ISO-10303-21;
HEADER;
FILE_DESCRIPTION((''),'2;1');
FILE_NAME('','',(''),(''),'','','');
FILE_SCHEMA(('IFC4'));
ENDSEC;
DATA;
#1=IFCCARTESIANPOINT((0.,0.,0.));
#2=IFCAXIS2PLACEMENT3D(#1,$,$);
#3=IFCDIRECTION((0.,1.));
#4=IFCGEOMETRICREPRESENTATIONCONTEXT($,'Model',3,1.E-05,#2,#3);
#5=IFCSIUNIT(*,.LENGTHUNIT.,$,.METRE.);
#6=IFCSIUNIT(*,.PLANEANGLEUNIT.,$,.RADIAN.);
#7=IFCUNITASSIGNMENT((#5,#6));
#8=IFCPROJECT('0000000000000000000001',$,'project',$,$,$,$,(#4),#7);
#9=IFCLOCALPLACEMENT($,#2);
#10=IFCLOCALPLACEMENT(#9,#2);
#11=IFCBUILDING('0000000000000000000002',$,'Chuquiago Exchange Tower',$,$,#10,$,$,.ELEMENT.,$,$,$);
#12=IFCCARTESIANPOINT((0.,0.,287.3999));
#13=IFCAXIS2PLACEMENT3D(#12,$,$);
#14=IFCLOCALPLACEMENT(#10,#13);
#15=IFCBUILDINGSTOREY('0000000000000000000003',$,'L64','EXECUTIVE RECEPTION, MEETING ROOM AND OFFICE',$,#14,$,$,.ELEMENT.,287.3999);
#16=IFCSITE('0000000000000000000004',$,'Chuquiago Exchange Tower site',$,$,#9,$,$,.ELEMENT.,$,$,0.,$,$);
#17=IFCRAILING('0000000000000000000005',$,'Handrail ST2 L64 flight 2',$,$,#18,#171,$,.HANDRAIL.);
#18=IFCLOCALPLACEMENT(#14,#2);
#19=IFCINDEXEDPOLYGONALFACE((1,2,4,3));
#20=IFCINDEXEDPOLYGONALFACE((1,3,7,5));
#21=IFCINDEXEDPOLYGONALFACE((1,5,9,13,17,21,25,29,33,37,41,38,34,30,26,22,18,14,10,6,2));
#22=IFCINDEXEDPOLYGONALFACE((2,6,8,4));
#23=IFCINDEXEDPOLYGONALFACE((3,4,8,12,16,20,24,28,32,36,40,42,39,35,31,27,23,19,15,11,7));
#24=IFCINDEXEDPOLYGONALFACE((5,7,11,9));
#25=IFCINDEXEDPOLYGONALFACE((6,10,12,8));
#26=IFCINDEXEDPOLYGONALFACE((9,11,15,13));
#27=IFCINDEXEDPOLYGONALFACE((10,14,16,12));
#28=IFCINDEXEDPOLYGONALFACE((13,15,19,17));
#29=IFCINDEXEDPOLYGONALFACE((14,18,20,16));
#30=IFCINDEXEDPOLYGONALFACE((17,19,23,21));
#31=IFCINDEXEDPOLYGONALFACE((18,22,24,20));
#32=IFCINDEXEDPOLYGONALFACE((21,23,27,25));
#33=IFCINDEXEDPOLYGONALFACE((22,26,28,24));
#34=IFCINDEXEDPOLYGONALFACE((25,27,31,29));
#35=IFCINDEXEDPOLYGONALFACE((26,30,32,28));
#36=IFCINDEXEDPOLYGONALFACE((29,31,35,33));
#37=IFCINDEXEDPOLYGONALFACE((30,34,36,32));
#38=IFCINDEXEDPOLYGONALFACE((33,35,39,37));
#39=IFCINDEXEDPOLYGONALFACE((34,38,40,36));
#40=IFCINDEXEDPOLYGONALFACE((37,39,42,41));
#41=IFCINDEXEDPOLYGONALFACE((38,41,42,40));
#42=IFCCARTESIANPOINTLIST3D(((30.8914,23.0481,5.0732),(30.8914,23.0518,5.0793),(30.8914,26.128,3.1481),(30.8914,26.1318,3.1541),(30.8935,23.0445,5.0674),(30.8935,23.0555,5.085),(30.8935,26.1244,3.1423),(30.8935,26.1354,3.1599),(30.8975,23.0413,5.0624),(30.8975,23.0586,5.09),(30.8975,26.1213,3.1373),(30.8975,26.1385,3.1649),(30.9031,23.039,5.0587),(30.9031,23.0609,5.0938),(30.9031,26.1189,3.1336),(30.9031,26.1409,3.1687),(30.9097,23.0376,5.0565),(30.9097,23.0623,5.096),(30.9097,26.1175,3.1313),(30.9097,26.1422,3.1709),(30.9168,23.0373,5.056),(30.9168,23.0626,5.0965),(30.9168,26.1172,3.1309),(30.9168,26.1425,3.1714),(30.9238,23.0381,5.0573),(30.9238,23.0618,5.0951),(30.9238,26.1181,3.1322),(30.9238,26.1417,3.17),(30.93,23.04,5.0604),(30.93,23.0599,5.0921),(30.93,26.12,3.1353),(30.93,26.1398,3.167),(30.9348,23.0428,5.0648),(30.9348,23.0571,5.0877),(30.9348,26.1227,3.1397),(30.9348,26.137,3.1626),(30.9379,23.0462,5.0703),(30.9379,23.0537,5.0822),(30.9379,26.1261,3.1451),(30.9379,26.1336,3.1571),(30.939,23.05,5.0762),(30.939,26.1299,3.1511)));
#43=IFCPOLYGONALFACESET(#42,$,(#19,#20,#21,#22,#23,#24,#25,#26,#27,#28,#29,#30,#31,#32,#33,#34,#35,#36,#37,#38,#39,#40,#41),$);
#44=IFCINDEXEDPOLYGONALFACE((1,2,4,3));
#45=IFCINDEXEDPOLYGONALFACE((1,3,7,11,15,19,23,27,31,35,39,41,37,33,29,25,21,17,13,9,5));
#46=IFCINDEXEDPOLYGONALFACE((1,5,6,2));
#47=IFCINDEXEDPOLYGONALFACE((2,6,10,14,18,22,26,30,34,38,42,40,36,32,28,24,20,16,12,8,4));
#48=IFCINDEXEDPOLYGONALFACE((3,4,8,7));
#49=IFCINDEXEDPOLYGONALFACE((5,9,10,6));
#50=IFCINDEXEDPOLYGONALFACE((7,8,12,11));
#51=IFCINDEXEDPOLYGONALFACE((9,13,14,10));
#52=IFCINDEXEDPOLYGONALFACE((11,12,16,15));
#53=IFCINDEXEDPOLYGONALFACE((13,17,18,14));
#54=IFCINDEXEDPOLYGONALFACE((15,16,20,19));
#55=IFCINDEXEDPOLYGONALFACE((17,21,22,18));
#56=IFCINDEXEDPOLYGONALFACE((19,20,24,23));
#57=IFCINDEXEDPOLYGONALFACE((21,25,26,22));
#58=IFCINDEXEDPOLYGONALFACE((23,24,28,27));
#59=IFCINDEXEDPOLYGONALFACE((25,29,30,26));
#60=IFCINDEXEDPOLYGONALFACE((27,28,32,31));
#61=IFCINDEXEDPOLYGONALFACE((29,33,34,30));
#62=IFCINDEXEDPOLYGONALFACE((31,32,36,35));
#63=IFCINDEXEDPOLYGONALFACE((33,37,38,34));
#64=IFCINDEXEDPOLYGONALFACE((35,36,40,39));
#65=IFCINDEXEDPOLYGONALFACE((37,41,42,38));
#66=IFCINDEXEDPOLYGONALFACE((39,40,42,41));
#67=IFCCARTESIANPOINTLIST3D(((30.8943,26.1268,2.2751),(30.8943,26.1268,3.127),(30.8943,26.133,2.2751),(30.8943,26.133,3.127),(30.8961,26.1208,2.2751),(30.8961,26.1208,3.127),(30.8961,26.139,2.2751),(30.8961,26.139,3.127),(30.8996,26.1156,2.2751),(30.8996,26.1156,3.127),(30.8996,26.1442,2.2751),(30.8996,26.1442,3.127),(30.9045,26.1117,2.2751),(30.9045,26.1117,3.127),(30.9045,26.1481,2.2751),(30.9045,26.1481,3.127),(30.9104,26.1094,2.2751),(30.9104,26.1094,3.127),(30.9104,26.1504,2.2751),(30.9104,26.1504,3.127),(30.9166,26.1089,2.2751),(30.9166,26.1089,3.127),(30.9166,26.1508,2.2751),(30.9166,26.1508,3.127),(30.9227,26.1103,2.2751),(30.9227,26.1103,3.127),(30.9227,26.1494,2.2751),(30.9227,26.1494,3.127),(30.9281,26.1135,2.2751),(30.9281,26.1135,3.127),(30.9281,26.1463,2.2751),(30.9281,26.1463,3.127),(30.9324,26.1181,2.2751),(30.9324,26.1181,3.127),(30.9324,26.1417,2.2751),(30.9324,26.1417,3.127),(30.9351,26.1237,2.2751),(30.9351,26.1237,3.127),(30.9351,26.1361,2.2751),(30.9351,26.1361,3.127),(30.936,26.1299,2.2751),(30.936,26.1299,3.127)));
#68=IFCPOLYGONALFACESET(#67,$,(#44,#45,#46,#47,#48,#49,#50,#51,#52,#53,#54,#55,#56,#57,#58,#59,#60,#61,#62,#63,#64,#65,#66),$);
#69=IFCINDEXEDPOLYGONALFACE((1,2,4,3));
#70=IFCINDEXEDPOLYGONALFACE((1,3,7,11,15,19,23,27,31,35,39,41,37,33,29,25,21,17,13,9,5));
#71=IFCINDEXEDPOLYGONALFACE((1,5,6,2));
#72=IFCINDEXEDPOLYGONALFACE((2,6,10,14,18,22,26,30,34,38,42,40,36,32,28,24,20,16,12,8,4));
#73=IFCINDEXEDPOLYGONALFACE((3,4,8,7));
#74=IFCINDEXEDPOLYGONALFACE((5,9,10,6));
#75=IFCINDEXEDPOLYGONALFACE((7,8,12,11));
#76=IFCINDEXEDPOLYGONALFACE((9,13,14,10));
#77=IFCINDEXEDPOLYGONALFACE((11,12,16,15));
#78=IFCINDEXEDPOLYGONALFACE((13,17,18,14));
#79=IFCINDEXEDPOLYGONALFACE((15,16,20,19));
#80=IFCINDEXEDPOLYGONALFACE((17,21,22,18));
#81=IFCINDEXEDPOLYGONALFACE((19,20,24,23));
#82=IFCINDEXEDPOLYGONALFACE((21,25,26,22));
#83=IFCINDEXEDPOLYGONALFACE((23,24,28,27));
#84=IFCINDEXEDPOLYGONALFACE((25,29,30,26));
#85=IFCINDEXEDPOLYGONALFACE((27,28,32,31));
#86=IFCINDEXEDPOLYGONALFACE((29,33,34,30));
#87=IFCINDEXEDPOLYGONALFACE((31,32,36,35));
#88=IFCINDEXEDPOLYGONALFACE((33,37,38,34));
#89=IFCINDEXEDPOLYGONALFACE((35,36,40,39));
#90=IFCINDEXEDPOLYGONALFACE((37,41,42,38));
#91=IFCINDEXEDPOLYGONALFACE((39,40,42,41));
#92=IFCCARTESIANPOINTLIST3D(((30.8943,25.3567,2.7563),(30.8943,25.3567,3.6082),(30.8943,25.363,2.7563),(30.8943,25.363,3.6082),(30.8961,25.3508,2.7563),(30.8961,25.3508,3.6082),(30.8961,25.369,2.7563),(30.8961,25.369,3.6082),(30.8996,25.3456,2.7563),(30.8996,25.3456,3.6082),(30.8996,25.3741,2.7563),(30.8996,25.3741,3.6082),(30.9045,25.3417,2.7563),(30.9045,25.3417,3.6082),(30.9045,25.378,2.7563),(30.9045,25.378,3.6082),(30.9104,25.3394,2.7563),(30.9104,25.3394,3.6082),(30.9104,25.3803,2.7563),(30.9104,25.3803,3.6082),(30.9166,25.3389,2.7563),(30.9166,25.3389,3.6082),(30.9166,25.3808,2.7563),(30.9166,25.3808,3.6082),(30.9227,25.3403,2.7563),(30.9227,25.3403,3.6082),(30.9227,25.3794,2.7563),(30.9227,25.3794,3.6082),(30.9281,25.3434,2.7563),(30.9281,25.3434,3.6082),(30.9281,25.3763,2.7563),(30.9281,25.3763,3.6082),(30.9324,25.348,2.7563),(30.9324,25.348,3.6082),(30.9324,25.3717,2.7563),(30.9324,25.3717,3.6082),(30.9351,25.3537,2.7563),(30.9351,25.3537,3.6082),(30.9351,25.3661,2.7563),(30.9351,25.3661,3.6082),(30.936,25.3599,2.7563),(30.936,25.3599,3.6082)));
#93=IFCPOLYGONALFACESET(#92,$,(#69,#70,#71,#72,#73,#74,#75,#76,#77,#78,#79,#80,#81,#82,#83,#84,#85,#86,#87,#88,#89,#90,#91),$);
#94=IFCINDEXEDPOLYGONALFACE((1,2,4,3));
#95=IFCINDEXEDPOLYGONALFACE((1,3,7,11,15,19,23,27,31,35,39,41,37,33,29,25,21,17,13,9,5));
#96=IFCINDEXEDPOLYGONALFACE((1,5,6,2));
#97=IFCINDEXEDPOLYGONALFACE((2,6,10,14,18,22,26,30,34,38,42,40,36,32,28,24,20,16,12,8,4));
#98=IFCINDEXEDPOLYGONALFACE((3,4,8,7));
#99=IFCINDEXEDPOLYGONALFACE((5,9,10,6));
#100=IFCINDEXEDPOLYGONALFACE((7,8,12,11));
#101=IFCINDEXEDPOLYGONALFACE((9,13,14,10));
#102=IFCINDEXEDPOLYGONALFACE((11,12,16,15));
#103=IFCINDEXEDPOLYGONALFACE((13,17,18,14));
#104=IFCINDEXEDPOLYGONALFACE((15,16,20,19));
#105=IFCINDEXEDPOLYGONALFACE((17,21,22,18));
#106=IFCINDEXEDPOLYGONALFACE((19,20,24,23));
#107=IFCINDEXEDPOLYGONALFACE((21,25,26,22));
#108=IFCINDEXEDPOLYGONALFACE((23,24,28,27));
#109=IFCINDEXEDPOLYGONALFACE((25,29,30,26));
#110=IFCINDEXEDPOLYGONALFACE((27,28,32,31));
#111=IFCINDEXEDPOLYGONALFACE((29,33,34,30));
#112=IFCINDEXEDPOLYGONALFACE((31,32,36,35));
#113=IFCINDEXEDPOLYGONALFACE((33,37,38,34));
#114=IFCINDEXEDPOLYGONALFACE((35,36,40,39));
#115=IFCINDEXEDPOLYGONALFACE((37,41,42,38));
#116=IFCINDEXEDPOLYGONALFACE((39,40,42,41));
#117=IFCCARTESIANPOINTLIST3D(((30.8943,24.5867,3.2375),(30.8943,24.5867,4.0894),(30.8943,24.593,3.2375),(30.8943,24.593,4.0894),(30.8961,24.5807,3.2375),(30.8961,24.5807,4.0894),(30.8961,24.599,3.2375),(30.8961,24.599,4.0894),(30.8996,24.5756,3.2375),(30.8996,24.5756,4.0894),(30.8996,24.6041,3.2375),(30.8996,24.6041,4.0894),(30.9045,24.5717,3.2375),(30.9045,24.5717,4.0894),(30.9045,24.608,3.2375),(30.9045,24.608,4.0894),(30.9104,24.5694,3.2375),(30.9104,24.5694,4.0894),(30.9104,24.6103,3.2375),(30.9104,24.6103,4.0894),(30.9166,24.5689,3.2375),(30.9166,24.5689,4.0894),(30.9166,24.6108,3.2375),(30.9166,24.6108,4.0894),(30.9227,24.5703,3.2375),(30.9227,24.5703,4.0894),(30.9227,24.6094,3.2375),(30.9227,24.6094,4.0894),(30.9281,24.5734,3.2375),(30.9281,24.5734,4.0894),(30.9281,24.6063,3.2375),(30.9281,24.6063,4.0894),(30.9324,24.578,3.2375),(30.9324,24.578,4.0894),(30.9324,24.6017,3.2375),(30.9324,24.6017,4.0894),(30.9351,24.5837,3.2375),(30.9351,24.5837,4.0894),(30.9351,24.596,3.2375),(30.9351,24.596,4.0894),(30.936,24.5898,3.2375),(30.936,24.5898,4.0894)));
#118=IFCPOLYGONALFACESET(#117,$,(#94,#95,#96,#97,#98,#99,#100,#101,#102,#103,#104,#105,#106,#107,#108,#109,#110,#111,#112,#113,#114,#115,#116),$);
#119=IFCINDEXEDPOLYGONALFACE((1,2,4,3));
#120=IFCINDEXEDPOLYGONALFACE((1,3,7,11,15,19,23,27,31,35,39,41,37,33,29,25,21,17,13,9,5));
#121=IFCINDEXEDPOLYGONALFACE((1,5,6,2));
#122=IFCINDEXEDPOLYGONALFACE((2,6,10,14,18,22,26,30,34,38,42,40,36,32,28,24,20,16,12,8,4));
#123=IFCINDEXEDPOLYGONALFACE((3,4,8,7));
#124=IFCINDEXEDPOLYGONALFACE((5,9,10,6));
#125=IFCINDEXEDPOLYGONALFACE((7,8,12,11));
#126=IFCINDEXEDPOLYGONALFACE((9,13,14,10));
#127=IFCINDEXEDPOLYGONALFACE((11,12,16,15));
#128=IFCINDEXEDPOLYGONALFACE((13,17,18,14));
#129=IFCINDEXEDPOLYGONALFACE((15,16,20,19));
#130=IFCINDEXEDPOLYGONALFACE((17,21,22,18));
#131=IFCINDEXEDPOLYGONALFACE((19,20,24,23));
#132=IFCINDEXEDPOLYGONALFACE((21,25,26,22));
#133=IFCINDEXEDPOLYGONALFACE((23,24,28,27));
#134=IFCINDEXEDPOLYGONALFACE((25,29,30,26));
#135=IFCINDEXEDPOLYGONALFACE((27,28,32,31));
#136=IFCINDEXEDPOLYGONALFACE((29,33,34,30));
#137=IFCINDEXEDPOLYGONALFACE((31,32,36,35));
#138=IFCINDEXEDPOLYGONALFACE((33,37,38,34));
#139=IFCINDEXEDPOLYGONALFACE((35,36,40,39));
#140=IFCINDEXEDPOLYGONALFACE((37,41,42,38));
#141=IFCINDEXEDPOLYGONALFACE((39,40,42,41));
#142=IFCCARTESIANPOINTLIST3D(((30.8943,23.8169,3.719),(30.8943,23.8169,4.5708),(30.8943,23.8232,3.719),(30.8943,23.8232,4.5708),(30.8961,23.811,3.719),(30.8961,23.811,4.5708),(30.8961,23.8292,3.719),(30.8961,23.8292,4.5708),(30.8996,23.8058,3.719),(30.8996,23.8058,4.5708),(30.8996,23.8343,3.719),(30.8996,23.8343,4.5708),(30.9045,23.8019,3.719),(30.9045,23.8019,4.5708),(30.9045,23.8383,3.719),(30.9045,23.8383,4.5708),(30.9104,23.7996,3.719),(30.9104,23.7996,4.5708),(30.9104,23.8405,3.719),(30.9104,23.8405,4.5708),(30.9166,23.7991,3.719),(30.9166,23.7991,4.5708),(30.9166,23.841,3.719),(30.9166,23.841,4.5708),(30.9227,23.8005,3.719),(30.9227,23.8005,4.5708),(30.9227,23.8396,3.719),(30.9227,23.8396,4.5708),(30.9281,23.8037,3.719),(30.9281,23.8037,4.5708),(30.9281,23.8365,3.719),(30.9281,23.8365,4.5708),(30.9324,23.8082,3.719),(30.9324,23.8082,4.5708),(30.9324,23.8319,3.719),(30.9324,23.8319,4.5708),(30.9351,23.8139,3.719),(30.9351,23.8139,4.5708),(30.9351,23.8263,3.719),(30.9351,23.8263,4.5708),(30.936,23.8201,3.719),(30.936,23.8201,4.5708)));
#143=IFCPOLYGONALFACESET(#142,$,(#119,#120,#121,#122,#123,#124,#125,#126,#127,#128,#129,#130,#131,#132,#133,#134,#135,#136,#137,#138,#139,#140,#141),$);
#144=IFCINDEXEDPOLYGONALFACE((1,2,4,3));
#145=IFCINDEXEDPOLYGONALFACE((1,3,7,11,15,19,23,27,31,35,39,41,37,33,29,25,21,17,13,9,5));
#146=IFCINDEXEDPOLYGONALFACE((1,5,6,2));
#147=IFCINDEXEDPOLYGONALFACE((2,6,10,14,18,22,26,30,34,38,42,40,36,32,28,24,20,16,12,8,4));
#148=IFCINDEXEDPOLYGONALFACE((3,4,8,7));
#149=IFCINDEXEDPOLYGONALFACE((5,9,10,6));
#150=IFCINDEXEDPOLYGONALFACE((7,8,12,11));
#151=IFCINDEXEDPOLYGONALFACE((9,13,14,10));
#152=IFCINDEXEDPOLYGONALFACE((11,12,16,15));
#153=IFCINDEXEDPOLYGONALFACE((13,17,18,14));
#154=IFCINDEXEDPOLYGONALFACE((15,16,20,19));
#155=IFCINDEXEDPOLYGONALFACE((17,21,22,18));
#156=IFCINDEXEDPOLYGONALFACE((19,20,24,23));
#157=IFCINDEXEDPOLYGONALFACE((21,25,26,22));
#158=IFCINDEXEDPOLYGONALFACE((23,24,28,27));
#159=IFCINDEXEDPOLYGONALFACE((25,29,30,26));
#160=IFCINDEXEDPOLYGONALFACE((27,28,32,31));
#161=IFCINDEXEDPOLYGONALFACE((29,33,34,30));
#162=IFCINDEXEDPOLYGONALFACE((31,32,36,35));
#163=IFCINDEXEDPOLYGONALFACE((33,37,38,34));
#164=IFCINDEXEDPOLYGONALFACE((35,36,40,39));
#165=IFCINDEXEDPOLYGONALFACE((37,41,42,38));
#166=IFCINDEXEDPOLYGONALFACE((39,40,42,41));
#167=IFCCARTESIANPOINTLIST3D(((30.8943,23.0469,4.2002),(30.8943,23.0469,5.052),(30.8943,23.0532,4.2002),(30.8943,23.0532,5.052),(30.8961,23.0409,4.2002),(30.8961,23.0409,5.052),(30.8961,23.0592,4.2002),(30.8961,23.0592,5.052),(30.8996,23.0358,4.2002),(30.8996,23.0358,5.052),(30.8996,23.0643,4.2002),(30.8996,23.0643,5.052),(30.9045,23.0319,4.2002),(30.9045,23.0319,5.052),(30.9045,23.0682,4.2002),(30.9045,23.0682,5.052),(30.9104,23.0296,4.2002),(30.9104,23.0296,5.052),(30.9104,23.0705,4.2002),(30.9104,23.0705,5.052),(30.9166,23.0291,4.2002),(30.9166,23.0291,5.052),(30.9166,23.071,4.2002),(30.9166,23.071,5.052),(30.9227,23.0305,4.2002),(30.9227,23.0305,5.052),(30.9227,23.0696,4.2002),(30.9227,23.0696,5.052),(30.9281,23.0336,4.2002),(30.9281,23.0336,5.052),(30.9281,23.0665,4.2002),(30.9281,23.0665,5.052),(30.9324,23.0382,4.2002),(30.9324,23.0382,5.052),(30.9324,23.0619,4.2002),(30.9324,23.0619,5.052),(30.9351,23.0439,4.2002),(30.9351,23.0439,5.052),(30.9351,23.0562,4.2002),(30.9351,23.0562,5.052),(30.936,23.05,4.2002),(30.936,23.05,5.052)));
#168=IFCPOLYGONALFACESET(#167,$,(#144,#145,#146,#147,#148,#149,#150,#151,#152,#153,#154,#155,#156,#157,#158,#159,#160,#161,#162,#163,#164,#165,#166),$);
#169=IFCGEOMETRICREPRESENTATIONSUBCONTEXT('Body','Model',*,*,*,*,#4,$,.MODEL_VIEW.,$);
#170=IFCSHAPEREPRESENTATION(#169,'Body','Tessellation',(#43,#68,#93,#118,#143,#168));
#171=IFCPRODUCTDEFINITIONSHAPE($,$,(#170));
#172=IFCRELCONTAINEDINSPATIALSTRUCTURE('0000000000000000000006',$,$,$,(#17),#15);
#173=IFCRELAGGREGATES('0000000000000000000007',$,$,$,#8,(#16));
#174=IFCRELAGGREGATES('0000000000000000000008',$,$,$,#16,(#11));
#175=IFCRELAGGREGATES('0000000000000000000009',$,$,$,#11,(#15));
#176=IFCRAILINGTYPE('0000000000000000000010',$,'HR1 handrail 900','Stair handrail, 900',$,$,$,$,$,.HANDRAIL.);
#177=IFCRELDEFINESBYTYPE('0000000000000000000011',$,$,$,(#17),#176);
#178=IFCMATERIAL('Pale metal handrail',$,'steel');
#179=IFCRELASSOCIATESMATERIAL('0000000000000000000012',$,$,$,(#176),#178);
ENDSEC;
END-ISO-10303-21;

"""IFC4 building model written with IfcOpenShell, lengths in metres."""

from ifc_helpers import new_model, si_unit, direction, frame, origin, origin_2d, place, context, subcontext, project, spatial, circle, extrude, material, type_object, element, save


model = new_model("IFC4")

# Units and contexts
model_context = context("Model", 3, precision=1e-05, world=origin(), true_north=direction((0.0, 1.0)))
body_context = subcontext(model_context, "Body", "Model", "MODEL_VIEW")
ifc_project = project(units=[si_unit("LENGTHUNIT", "METRE"), si_unit("PLANEANGLEUNIT", "RADIAN")], contexts=[model_context])

# Site, building, storey
site_placement = place(None, origin())
site = spatial("IfcSite", under=ifc_project, at=site_placement, Name="Chuquiago Exchange Tower site", CompositionType="ELEMENT", RefElevation=0.0)
building_placement = place(site_placement, origin())
building = spatial("IfcBuilding", under=site, at=building_placement, Name="Chuquiago Exchange Tower", CompositionType="ELEMENT")
storey_placement = place(building_placement, frame((0.0, 0.0, 287.3999)))
storey = spatial("IfcBuildingStorey", under=building, at=storey_placement, Name="L64", Description="EXECUTIVE RECEPTION, MEETING ROOM AND OFFICE", CompositionType="ELEMENT", Elevation=287.3999)

# Railing
ifc_material_1 = material(Name="Pale metal handrail", Category="steel")
railing_type_1 = type_object("IfcRailingType", Name="HR1 handrail 900", Description="Stair handrail, 900", PredefinedType="HANDRAIL", material=ifc_material_1)
for number, where, name in (
    (1, (30.915, 26.1299, 2.2751), "Handrail ST2 L64 flight 2"),
):
    element("IfcRailing", number, at=place(storey_placement, frame(where)), inside=storey, type_object=railing_type_1, Name=name, PredefinedType="HANDRAIL", context=body_context, shape_type="SweptSolid", body=[
        extrude(circle(Radius=0.0239, at=origin_2d()), frame((0.0, 0.0, 0.876), z_axis=(0.0, -0.847979, 0.530029), x_axis=(1.0, 0.0, 0.0)), (0.0, 0.0, 1.0), 3.6321),
        extrude(circle(Radius=0.021, at=origin_2d()), origin(), (0.0, 0.0, 1.0), 0.8518),
        extrude(circle(Radius=0.021, at=origin_2d()), frame((0.0, -0.77, 0.4812)), (0.0, 0.0, 1.0), 0.8518),
        extrude(circle(Radius=0.021, at=origin_2d()), frame((0.0, -1.54, 0.9624)), (0.0, 0.0, 1.0), 0.8518),
        extrude(circle(Radius=0.021, at=origin_2d()), frame((0.0, -2.3098, 1.4438)), (0.0, 0.0, 1.0), 0.8518),
        extrude(circle(Radius=0.021, at=origin_2d()), frame((0.0, -3.0798, 1.925)), (0.0, 0.0, 1.0), 0.8518),
    ])

save(model, "model.ifc")
